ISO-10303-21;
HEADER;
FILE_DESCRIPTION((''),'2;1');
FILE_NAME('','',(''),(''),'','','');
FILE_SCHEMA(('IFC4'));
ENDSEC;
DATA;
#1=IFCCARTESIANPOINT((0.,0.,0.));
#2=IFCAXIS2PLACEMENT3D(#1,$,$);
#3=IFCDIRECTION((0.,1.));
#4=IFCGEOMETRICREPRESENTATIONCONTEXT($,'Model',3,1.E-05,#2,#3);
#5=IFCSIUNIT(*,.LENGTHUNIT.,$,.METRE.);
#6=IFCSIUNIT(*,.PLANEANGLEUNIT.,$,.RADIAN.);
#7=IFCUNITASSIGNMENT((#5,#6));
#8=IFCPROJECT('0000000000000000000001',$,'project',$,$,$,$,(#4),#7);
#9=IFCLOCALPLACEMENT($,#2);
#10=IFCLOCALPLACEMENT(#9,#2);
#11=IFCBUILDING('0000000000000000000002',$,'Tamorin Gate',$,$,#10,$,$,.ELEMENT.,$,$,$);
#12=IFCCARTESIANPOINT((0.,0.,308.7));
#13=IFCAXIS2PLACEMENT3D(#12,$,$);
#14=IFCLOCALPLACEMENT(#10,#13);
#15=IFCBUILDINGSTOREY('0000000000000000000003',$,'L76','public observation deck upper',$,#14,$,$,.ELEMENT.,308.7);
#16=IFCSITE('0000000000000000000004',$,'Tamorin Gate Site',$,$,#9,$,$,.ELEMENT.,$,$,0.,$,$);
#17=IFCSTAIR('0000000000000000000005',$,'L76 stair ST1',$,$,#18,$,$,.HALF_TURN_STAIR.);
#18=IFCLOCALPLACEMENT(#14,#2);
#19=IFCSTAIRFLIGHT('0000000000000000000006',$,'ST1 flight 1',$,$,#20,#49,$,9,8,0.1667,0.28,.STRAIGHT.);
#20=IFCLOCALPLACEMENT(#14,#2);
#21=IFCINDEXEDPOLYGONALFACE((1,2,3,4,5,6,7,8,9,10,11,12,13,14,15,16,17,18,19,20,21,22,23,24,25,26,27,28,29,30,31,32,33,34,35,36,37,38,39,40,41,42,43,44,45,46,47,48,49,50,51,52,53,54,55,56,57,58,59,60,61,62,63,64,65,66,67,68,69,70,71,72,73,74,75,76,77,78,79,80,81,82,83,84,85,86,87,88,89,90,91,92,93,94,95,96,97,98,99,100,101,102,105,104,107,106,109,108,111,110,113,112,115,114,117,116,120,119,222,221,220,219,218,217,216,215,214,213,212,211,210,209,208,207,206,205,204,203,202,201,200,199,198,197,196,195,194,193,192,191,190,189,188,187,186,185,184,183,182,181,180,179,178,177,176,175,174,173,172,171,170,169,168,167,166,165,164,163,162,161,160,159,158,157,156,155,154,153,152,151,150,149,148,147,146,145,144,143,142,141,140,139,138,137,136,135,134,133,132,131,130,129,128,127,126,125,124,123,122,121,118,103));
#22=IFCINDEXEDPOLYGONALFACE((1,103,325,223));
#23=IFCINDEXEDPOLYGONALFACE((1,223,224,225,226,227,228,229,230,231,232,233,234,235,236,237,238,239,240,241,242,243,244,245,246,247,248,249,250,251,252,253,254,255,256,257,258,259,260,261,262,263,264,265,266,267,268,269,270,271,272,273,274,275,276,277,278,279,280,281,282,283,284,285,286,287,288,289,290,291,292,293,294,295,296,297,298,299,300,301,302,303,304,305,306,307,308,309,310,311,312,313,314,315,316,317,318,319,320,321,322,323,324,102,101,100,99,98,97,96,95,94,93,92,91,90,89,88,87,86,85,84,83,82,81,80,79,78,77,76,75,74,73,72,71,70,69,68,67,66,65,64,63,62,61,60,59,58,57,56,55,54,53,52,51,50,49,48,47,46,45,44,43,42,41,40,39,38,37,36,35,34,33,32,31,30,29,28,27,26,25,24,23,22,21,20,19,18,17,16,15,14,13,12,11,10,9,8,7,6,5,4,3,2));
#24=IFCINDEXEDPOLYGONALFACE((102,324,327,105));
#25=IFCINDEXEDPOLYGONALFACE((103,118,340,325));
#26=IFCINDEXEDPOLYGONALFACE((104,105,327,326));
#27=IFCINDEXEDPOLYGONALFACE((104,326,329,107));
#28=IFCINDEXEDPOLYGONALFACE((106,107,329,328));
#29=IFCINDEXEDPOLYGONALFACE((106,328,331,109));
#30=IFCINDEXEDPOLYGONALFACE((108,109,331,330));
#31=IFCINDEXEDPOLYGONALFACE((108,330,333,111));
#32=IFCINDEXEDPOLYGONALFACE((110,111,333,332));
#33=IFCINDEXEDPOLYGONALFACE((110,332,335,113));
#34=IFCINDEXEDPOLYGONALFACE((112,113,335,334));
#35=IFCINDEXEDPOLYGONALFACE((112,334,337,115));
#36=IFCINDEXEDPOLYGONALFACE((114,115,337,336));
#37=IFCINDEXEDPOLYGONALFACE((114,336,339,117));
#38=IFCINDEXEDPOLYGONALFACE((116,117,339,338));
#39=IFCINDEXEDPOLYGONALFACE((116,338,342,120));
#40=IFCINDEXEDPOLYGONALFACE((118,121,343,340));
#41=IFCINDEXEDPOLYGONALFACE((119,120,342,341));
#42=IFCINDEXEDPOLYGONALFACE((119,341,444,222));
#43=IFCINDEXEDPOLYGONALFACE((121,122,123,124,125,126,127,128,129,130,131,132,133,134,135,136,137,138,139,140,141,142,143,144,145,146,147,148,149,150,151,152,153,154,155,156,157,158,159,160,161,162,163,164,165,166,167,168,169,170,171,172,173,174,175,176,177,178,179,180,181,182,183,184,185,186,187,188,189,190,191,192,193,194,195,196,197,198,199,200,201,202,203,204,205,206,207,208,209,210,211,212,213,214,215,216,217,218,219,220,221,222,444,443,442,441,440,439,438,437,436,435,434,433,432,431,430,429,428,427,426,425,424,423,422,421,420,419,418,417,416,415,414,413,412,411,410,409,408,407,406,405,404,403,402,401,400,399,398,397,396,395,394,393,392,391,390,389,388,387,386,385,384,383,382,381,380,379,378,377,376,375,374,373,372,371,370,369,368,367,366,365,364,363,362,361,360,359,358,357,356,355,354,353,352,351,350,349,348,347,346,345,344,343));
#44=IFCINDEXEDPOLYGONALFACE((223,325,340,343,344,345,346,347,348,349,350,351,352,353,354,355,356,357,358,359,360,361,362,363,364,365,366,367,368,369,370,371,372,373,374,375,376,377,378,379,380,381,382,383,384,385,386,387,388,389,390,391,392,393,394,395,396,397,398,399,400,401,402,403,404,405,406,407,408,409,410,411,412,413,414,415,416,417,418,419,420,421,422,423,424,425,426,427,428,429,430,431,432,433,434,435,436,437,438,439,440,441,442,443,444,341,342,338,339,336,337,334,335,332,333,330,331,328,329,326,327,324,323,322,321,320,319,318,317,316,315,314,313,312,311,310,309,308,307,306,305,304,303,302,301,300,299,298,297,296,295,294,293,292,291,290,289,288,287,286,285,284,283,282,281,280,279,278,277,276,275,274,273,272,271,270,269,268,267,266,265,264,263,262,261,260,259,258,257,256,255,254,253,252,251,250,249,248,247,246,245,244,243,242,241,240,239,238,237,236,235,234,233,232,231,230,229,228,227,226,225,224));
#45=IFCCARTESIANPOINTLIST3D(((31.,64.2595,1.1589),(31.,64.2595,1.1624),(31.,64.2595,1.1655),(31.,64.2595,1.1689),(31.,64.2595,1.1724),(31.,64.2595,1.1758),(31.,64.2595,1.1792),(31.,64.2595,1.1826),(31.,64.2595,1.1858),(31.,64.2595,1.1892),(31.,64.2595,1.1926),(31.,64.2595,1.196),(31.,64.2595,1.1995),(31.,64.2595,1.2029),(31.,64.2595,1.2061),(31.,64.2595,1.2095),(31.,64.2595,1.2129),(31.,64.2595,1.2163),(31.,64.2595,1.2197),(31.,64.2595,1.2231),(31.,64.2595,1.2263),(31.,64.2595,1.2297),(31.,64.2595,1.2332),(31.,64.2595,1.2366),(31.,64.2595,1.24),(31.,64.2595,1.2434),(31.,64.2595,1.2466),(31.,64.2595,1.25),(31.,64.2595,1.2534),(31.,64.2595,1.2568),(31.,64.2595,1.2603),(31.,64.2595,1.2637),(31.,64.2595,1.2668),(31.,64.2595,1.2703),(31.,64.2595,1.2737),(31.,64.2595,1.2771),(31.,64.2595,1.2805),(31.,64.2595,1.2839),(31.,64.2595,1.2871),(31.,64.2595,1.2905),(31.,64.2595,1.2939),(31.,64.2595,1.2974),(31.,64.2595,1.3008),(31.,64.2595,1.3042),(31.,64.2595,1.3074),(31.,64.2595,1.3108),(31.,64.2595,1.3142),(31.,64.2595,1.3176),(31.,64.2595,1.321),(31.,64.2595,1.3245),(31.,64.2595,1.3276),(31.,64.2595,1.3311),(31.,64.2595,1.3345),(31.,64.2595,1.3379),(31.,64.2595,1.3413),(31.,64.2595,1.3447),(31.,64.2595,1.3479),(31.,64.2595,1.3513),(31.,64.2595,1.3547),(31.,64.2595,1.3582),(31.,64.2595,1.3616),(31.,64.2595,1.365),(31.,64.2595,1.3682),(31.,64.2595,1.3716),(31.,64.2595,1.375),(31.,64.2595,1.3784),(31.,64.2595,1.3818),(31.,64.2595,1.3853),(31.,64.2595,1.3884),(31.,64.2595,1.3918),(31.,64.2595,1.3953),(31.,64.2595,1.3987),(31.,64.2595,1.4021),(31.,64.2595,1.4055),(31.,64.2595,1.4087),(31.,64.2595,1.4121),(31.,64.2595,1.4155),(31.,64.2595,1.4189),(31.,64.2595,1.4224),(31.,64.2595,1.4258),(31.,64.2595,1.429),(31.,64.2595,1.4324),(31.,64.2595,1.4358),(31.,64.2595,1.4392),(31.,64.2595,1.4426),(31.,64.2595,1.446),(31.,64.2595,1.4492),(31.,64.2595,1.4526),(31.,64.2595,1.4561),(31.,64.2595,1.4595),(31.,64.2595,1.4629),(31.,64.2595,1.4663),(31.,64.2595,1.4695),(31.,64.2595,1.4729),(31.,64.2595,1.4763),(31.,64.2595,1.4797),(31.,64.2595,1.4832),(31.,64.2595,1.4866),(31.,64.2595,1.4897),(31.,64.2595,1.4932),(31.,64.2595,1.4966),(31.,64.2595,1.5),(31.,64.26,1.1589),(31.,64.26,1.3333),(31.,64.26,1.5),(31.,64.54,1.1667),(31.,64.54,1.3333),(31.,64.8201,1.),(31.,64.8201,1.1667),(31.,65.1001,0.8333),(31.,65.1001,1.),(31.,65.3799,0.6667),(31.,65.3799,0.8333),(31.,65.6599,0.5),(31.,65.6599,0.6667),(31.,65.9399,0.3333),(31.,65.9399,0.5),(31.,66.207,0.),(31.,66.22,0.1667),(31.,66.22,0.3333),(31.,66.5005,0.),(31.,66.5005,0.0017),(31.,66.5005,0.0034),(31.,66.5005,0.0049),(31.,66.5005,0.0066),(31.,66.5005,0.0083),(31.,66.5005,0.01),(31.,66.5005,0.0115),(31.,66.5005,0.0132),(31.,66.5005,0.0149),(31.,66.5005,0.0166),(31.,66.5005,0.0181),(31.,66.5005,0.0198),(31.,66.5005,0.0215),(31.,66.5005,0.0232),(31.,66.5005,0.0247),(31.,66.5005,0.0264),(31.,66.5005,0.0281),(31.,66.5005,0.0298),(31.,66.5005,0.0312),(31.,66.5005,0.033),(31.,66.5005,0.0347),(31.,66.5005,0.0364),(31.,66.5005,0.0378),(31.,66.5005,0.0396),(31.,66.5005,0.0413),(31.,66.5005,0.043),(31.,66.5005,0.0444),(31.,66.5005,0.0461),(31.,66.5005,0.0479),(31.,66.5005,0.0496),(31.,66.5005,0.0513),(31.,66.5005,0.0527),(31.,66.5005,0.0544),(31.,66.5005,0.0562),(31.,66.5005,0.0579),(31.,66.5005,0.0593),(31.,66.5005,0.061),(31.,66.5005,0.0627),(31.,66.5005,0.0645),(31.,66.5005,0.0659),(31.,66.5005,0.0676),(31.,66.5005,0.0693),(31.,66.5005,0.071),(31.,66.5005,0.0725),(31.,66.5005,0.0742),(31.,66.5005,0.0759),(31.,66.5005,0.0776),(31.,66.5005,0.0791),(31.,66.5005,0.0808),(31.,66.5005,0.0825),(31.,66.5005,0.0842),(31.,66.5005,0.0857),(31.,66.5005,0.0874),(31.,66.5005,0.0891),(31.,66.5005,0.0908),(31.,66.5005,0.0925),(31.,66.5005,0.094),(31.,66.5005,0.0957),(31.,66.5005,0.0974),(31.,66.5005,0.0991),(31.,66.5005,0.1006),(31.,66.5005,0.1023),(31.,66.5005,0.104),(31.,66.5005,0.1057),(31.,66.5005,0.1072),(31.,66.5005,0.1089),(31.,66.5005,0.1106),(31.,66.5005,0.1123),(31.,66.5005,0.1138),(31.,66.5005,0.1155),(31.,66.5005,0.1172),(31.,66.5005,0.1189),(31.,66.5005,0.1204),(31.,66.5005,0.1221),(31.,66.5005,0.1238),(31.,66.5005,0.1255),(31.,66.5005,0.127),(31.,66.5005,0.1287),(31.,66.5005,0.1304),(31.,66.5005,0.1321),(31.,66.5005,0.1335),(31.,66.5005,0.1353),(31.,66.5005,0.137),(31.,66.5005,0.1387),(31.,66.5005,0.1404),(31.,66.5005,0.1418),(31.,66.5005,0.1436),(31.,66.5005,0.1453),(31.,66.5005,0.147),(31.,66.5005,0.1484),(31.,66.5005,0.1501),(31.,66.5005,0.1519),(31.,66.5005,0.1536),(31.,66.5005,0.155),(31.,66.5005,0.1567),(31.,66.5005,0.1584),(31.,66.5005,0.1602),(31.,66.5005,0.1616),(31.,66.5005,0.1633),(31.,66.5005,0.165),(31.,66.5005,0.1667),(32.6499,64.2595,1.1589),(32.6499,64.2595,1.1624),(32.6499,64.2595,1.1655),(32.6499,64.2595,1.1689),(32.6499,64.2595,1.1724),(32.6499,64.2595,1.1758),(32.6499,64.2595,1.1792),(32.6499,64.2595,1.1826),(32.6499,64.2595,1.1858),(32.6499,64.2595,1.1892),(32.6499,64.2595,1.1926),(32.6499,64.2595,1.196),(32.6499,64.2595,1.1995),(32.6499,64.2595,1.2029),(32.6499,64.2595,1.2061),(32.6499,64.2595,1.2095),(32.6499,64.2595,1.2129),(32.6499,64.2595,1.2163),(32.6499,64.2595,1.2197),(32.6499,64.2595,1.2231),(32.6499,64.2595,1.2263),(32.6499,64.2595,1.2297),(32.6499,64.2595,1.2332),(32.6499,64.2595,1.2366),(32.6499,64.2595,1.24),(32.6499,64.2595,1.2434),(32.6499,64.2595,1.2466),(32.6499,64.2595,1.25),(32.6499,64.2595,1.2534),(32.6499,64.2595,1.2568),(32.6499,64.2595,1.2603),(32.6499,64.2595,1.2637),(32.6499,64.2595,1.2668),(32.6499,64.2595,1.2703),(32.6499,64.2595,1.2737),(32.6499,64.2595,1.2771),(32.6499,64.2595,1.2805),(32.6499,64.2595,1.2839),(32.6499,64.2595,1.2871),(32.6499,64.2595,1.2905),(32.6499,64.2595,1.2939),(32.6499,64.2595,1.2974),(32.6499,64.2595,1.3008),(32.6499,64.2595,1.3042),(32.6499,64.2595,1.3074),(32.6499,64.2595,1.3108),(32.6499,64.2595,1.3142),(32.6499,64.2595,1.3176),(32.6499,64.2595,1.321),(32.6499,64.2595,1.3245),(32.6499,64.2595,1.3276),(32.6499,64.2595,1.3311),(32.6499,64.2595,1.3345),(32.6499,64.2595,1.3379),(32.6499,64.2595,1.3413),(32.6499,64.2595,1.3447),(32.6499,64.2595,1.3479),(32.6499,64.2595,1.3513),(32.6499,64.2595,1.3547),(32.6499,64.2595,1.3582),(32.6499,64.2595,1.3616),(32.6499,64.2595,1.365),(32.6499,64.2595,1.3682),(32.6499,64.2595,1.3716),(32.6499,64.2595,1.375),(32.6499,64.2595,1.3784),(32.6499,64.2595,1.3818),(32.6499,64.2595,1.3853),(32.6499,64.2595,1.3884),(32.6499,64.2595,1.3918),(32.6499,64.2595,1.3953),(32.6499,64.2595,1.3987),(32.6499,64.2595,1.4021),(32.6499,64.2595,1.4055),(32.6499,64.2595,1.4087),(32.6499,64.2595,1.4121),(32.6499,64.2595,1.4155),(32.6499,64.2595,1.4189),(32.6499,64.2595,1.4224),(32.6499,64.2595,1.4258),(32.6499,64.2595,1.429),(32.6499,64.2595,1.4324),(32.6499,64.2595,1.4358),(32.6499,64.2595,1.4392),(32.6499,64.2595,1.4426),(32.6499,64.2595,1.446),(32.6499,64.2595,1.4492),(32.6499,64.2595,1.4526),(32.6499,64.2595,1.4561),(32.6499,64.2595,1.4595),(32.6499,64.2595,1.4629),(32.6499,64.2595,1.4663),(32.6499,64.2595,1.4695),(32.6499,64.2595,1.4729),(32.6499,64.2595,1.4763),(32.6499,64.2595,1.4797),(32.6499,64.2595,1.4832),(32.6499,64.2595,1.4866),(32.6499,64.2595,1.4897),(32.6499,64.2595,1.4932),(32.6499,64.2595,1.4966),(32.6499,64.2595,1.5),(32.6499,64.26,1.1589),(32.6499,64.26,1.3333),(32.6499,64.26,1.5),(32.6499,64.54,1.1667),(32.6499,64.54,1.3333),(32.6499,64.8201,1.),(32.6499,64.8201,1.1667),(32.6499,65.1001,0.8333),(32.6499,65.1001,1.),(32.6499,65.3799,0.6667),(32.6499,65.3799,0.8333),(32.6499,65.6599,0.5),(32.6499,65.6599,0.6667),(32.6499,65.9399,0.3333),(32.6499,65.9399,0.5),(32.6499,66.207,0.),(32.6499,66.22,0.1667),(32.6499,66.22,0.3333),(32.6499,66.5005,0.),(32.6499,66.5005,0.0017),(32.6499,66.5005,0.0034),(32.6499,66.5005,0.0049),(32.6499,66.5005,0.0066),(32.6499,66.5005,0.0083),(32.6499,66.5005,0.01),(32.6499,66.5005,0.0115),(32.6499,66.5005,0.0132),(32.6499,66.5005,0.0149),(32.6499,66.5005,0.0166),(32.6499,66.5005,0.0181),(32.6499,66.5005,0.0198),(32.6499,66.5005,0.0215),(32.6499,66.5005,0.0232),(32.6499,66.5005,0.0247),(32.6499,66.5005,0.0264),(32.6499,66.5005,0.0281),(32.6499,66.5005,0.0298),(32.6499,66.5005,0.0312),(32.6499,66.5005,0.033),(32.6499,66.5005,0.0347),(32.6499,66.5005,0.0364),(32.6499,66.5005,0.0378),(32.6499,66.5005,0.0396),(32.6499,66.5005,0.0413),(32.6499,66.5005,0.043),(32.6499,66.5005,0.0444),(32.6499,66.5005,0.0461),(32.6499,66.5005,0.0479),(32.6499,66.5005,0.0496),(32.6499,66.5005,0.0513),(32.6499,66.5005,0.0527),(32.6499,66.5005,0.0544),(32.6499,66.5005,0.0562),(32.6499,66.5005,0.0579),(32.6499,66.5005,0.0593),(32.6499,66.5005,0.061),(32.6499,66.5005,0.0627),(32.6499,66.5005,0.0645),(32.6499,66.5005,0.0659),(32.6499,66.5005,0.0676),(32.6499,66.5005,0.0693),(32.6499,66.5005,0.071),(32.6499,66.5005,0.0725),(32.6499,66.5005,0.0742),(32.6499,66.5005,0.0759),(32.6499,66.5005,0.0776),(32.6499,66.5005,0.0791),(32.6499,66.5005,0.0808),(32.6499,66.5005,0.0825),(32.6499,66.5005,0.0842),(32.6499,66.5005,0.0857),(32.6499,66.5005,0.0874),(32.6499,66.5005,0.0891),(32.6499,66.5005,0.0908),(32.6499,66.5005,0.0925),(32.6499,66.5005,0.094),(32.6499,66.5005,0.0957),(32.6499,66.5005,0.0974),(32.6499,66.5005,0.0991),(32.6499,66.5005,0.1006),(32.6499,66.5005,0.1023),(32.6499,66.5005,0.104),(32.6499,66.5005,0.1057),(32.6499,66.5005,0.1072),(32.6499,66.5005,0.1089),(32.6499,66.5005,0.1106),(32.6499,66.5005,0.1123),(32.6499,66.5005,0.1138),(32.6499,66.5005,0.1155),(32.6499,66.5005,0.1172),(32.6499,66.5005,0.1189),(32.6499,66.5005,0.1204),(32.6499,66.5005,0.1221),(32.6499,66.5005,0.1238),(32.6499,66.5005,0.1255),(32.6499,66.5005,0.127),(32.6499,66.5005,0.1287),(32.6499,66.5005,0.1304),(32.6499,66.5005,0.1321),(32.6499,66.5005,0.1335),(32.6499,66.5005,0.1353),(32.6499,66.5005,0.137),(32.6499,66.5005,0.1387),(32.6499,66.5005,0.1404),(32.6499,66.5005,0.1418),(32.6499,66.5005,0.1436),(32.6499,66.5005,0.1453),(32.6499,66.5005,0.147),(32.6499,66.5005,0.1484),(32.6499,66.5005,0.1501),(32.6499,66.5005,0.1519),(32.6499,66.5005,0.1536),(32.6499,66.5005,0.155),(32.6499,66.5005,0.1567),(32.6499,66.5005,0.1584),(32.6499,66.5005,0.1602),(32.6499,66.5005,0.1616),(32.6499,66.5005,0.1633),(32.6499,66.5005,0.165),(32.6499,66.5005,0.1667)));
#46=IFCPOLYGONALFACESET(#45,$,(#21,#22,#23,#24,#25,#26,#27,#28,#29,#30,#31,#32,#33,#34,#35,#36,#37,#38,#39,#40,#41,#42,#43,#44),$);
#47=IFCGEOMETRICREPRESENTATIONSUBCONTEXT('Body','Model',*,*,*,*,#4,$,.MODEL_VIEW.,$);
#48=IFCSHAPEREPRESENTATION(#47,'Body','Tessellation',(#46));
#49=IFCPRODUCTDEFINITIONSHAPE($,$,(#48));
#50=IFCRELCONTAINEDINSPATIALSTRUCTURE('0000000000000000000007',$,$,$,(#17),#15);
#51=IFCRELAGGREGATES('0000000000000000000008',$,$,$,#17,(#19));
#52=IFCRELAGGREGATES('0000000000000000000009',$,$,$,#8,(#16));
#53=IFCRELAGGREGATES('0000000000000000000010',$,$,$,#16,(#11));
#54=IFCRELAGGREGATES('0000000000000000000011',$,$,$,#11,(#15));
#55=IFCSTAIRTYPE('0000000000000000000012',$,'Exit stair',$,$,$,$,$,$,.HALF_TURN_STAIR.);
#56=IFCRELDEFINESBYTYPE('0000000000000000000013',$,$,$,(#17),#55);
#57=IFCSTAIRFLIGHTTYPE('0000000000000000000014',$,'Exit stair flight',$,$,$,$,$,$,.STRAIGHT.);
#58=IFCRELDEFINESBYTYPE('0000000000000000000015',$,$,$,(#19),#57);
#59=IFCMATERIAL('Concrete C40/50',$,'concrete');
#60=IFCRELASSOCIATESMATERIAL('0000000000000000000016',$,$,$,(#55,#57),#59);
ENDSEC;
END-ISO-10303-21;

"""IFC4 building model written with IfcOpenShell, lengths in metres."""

from ifc_helpers import new_model, si_unit, direction, frame, origin, place, context, subcontext, project, spatial, polyline, outline, extrude, material, type_object, element, aggregate, save


model = new_model("IFC4")

# Units and contexts
model_context = context("Model", 3, precision=1e-05, world=origin(), true_north=direction((0.0, 1.0)))
body_context = subcontext(model_context, "Body", "Model", "MODEL_VIEW")
ifc_project = project(units=[si_unit("LENGTHUNIT", "METRE"), si_unit("PLANEANGLEUNIT", "RADIAN")], contexts=[model_context])

# Site, building, storey
site_placement = place(None, origin())
site = spatial("IfcSite", under=ifc_project, at=site_placement, Name="Tamorin Gate Site", CompositionType="ELEMENT", RefElevation=0.0)
building_placement = place(site_placement, origin())
building = spatial("IfcBuilding", under=site, at=building_placement, Name="Tamorin Gate", CompositionType="ELEMENT")
storey_placement = place(building_placement, frame((0.0, 0.0, 308.7)))
storey = spatial("IfcBuildingStorey", under=building, at=storey_placement, Name="L76", Description="public observation deck upper", CompositionType="ELEMENT", Elevation=308.7)

# Stair, stair flight
ifc_material_1 = material(Name="Concrete C40/50", Category="concrete")
stair_type = type_object("IfcStairType", Name="Exit stair", PredefinedType="HALF_TURN_STAIR", material=ifc_material_1)
stair_placement = place(storey_placement, origin())
stair = element("IfcStair", 1, at=stair_placement, inside=storey, type_object=stair_type, Name="L76 stair ST1", PredefinedType="HALF_TURN_STAIR")
stair_flight_type = type_object("IfcStairFlightType", Name="Exit stair flight", PredefinedType="STRAIGHT", material=ifc_material_1)
stair_flight_placement = place(storey_placement, frame((31.825, 66.5, 0.0), z_axis=(0.0, 0.0, 1.0), x_axis=(0.0, -1.0, 0.0)))
stair_flight = element("IfcStairFlight", 2, at=stair_flight_placement, type_object=stair_flight_type, Name="ST1 flight 1", NumberOfRisers=9, NumberOfTreads=8, PredefinedType="STRAIGHT", RiserHeight=0.1667, TreadLength=0.28, context=body_context, shape_type="SweptSolid", body=[
    extrude(outline(polyline([(-0.0005, 0.0), (-0.0005, 0.0017), (-0.0005, 0.0034), (-0.0005, 0.0049), (-0.0005, 0.0066), (-0.0005, 0.0083), (-0.0005, 0.01), (-0.0005, 0.0115), (-0.0005, 0.0132), (-0.0005, 0.0149), (-0.0005, 0.0166), (-0.0005, 0.0181), (-0.0005, 0.0198), (-0.0005, 0.0215), (-0.0005, 0.0232), (-0.0005, 0.0247), (-0.0005, 0.0264), (-0.0005, 0.0281), (-0.0005, 0.0298), (-0.0005, 0.0312), (-0.0005, 0.033), (-0.0005, 0.0347), (-0.0005, 0.0364), (-0.0005, 0.0378), (-0.0005, 0.0396), (-0.0005, 0.0413), (-0.0005, 0.043), (-0.0005, 0.0444), (-0.0005, 0.0461), (-0.0005, 0.0479), (-0.0005, 0.0496), (-0.0005, 0.0513), (-0.0005, 0.0527), (-0.0005, 0.0544), (-0.0005, 0.0562), (-0.0005, 0.0579), (-0.0005, 0.0593), (-0.0005, 0.061), (-0.0005, 0.0627), (-0.0005, 0.0645), (-0.0005, 0.0659), (-0.0005, 0.0676), (-0.0005, 0.0693), (-0.0005, 0.071), (-0.0005, 0.0725), (-0.0005, 0.0742), (-0.0005, 0.0759), (-0.0005, 0.0776), (-0.0005, 0.0791), (-0.0005, 0.0808), (-0.0005, 0.0825), (-0.0005, 0.0842), (-0.0005, 0.0857), (-0.0005, 0.0874), (-0.0005, 0.0891), (-0.0005, 0.0908), (-0.0005, 0.0925), (-0.0005, 0.094), (-0.0005, 0.0957), (-0.0005, 0.0974), (-0.0005, 0.0991), (-0.0005, 0.1006), (-0.0005, 0.1023), (-0.0005, 0.104), (-0.0005, 0.1057), (-0.0005, 0.1072), (-0.0005, 0.1089), (-0.0005, 0.1106), (-0.0005, 0.1123), (-0.0005, 0.1138), (-0.0005, 0.1155), (-0.0005, 0.1172), (-0.0005, 0.1189), (-0.0005, 0.1204), (-0.0005, 0.1221), (-0.0005, 0.1238), (-0.0005, 0.1255), (-0.0005, 0.127), (-0.0005, 0.1287), (-0.0005, 0.1304), (-0.0005, 0.1321), (-0.0005, 0.1335), (-0.0005, 0.1353), (-0.0005, 0.137), (-0.0005, 0.1387), (-0.0005, 0.1404), (-0.0005, 0.1418), (-0.0005, 0.1436), (-0.0005, 0.1453), (-0.0005, 0.147), (-0.0005, 0.1484), (-0.0005, 0.1501), (-0.0005, 0.1519), (-0.0005, 0.1536), (-0.0005, 0.155), (-0.0005, 0.1567), (-0.0005, 0.1584), (-0.0005, 0.1602), (-0.0005, 0.1616), (-0.0005, 0.1633), (-0.0005, 0.165), (-0.0005, 0.1667), (0.28, 0.1667), (0.28, 0.3333), (0.5601, 0.3333), (0.5601, 0.5), (0.8401, 0.5), (0.8401, 0.6667), (1.1201, 0.6667), (1.1201, 0.8333), (1.3999, 0.8333), (1.3999, 1.0), (1.6799, 1.0), (1.6799, 1.1667), (1.96, 1.1667), (1.96, 1.3333), (2.24, 1.3333), (2.24, 1.5), (2.2405, 1.5), (2.2405, 1.4966), (2.2405, 1.4932), (2.2405, 1.4897), (2.2405, 1.4866), (2.2405, 1.4832), (2.2405, 1.4797), (2.2405, 1.4763), (2.2405, 1.4729), (2.2405, 1.4695), (2.2405, 1.4663), (2.2405, 1.4629), (2.2405, 1.4595), (2.2405, 1.4561), (2.2405, 1.4526), (2.2405, 1.4492), (2.2405, 1.446), (2.2405, 1.4426), (2.2405, 1.4392), (2.2405, 1.4358), (2.2405, 1.4324), (2.2405, 1.429), (2.2405, 1.4258), (2.2405, 1.4224), (2.2405, 1.4189), (2.2405, 1.4155), (2.2405, 1.4121), (2.2405, 1.4087), (2.2405, 1.4055), (2.2405, 1.4021), (2.2405, 1.3987), (2.2405, 1.3953), (2.2405, 1.3918), (2.2405, 1.3884), (2.2405, 1.3853), (2.2405, 1.3818), (2.2405, 1.3784), (2.2405, 1.375), (2.2405, 1.3716), (2.2405, 1.3682), (2.2405, 1.365), (2.2405, 1.3616), (2.2405, 1.3582), (2.2405, 1.3547), (2.2405, 1.3513), (2.2405, 1.3479), (2.2405, 1.3447), (2.2405, 1.3413), (2.2405, 1.3379), (2.2405, 1.3345), (2.2405, 1.3311), (2.2405, 1.3276), (2.2405, 1.3245), (2.2405, 1.321), (2.2405, 1.3176), (2.2405, 1.3142), (2.2405, 1.3108), (2.2405, 1.3074), (2.2405, 1.3042), (2.2405, 1.3008), (2.2405, 1.2974), (2.2405, 1.2939), (2.2405, 1.2905), (2.2405, 1.2871), (2.2405, 1.2839), (2.2405, 1.2805), (2.2405, 1.2771), (2.2405, 1.2737), (2.2405, 1.2703), (2.2405, 1.2668), (2.2405, 1.2637), (2.2405, 1.2603), (2.2405, 1.2568), (2.2405, 1.2534), (2.2405, 1.25), (2.2405, 1.2466), (2.2405, 1.2434), (2.2405, 1.24), (2.2405, 1.2366), (2.2405, 1.2332), (2.2405, 1.2297), (2.2405, 1.2263), (2.2405, 1.2231), (2.2405, 1.2197), (2.2405, 1.2163), (2.2405, 1.2129), (2.2405, 1.2095), (2.2405, 1.2061), (2.2405, 1.2029), (2.2405, 1.1995), (2.2405, 1.196), (2.2405, 1.1926), (2.2405, 1.1892), (2.2405, 1.1858), (2.2405, 1.1826), (2.2405, 1.1792), (2.2405, 1.1758), (2.2405, 1.1724), (2.2405, 1.1689), (2.2405, 1.1655), (2.2405, 1.1624), (2.2405, 1.1589), (2.24, 1.1589), (0.293, 0.0), (-0.0005, 0.0)])), frame((0.0, 0.825, 0.0), z_axis=(0.0, -1.0, 0.0), x_axis=(1.0, 0.0, 0.0)), (0.0, 0.0, 1.0), 1.6499),
])
aggregate(stair, [stair_flight])

save(model, "model.ifc")
